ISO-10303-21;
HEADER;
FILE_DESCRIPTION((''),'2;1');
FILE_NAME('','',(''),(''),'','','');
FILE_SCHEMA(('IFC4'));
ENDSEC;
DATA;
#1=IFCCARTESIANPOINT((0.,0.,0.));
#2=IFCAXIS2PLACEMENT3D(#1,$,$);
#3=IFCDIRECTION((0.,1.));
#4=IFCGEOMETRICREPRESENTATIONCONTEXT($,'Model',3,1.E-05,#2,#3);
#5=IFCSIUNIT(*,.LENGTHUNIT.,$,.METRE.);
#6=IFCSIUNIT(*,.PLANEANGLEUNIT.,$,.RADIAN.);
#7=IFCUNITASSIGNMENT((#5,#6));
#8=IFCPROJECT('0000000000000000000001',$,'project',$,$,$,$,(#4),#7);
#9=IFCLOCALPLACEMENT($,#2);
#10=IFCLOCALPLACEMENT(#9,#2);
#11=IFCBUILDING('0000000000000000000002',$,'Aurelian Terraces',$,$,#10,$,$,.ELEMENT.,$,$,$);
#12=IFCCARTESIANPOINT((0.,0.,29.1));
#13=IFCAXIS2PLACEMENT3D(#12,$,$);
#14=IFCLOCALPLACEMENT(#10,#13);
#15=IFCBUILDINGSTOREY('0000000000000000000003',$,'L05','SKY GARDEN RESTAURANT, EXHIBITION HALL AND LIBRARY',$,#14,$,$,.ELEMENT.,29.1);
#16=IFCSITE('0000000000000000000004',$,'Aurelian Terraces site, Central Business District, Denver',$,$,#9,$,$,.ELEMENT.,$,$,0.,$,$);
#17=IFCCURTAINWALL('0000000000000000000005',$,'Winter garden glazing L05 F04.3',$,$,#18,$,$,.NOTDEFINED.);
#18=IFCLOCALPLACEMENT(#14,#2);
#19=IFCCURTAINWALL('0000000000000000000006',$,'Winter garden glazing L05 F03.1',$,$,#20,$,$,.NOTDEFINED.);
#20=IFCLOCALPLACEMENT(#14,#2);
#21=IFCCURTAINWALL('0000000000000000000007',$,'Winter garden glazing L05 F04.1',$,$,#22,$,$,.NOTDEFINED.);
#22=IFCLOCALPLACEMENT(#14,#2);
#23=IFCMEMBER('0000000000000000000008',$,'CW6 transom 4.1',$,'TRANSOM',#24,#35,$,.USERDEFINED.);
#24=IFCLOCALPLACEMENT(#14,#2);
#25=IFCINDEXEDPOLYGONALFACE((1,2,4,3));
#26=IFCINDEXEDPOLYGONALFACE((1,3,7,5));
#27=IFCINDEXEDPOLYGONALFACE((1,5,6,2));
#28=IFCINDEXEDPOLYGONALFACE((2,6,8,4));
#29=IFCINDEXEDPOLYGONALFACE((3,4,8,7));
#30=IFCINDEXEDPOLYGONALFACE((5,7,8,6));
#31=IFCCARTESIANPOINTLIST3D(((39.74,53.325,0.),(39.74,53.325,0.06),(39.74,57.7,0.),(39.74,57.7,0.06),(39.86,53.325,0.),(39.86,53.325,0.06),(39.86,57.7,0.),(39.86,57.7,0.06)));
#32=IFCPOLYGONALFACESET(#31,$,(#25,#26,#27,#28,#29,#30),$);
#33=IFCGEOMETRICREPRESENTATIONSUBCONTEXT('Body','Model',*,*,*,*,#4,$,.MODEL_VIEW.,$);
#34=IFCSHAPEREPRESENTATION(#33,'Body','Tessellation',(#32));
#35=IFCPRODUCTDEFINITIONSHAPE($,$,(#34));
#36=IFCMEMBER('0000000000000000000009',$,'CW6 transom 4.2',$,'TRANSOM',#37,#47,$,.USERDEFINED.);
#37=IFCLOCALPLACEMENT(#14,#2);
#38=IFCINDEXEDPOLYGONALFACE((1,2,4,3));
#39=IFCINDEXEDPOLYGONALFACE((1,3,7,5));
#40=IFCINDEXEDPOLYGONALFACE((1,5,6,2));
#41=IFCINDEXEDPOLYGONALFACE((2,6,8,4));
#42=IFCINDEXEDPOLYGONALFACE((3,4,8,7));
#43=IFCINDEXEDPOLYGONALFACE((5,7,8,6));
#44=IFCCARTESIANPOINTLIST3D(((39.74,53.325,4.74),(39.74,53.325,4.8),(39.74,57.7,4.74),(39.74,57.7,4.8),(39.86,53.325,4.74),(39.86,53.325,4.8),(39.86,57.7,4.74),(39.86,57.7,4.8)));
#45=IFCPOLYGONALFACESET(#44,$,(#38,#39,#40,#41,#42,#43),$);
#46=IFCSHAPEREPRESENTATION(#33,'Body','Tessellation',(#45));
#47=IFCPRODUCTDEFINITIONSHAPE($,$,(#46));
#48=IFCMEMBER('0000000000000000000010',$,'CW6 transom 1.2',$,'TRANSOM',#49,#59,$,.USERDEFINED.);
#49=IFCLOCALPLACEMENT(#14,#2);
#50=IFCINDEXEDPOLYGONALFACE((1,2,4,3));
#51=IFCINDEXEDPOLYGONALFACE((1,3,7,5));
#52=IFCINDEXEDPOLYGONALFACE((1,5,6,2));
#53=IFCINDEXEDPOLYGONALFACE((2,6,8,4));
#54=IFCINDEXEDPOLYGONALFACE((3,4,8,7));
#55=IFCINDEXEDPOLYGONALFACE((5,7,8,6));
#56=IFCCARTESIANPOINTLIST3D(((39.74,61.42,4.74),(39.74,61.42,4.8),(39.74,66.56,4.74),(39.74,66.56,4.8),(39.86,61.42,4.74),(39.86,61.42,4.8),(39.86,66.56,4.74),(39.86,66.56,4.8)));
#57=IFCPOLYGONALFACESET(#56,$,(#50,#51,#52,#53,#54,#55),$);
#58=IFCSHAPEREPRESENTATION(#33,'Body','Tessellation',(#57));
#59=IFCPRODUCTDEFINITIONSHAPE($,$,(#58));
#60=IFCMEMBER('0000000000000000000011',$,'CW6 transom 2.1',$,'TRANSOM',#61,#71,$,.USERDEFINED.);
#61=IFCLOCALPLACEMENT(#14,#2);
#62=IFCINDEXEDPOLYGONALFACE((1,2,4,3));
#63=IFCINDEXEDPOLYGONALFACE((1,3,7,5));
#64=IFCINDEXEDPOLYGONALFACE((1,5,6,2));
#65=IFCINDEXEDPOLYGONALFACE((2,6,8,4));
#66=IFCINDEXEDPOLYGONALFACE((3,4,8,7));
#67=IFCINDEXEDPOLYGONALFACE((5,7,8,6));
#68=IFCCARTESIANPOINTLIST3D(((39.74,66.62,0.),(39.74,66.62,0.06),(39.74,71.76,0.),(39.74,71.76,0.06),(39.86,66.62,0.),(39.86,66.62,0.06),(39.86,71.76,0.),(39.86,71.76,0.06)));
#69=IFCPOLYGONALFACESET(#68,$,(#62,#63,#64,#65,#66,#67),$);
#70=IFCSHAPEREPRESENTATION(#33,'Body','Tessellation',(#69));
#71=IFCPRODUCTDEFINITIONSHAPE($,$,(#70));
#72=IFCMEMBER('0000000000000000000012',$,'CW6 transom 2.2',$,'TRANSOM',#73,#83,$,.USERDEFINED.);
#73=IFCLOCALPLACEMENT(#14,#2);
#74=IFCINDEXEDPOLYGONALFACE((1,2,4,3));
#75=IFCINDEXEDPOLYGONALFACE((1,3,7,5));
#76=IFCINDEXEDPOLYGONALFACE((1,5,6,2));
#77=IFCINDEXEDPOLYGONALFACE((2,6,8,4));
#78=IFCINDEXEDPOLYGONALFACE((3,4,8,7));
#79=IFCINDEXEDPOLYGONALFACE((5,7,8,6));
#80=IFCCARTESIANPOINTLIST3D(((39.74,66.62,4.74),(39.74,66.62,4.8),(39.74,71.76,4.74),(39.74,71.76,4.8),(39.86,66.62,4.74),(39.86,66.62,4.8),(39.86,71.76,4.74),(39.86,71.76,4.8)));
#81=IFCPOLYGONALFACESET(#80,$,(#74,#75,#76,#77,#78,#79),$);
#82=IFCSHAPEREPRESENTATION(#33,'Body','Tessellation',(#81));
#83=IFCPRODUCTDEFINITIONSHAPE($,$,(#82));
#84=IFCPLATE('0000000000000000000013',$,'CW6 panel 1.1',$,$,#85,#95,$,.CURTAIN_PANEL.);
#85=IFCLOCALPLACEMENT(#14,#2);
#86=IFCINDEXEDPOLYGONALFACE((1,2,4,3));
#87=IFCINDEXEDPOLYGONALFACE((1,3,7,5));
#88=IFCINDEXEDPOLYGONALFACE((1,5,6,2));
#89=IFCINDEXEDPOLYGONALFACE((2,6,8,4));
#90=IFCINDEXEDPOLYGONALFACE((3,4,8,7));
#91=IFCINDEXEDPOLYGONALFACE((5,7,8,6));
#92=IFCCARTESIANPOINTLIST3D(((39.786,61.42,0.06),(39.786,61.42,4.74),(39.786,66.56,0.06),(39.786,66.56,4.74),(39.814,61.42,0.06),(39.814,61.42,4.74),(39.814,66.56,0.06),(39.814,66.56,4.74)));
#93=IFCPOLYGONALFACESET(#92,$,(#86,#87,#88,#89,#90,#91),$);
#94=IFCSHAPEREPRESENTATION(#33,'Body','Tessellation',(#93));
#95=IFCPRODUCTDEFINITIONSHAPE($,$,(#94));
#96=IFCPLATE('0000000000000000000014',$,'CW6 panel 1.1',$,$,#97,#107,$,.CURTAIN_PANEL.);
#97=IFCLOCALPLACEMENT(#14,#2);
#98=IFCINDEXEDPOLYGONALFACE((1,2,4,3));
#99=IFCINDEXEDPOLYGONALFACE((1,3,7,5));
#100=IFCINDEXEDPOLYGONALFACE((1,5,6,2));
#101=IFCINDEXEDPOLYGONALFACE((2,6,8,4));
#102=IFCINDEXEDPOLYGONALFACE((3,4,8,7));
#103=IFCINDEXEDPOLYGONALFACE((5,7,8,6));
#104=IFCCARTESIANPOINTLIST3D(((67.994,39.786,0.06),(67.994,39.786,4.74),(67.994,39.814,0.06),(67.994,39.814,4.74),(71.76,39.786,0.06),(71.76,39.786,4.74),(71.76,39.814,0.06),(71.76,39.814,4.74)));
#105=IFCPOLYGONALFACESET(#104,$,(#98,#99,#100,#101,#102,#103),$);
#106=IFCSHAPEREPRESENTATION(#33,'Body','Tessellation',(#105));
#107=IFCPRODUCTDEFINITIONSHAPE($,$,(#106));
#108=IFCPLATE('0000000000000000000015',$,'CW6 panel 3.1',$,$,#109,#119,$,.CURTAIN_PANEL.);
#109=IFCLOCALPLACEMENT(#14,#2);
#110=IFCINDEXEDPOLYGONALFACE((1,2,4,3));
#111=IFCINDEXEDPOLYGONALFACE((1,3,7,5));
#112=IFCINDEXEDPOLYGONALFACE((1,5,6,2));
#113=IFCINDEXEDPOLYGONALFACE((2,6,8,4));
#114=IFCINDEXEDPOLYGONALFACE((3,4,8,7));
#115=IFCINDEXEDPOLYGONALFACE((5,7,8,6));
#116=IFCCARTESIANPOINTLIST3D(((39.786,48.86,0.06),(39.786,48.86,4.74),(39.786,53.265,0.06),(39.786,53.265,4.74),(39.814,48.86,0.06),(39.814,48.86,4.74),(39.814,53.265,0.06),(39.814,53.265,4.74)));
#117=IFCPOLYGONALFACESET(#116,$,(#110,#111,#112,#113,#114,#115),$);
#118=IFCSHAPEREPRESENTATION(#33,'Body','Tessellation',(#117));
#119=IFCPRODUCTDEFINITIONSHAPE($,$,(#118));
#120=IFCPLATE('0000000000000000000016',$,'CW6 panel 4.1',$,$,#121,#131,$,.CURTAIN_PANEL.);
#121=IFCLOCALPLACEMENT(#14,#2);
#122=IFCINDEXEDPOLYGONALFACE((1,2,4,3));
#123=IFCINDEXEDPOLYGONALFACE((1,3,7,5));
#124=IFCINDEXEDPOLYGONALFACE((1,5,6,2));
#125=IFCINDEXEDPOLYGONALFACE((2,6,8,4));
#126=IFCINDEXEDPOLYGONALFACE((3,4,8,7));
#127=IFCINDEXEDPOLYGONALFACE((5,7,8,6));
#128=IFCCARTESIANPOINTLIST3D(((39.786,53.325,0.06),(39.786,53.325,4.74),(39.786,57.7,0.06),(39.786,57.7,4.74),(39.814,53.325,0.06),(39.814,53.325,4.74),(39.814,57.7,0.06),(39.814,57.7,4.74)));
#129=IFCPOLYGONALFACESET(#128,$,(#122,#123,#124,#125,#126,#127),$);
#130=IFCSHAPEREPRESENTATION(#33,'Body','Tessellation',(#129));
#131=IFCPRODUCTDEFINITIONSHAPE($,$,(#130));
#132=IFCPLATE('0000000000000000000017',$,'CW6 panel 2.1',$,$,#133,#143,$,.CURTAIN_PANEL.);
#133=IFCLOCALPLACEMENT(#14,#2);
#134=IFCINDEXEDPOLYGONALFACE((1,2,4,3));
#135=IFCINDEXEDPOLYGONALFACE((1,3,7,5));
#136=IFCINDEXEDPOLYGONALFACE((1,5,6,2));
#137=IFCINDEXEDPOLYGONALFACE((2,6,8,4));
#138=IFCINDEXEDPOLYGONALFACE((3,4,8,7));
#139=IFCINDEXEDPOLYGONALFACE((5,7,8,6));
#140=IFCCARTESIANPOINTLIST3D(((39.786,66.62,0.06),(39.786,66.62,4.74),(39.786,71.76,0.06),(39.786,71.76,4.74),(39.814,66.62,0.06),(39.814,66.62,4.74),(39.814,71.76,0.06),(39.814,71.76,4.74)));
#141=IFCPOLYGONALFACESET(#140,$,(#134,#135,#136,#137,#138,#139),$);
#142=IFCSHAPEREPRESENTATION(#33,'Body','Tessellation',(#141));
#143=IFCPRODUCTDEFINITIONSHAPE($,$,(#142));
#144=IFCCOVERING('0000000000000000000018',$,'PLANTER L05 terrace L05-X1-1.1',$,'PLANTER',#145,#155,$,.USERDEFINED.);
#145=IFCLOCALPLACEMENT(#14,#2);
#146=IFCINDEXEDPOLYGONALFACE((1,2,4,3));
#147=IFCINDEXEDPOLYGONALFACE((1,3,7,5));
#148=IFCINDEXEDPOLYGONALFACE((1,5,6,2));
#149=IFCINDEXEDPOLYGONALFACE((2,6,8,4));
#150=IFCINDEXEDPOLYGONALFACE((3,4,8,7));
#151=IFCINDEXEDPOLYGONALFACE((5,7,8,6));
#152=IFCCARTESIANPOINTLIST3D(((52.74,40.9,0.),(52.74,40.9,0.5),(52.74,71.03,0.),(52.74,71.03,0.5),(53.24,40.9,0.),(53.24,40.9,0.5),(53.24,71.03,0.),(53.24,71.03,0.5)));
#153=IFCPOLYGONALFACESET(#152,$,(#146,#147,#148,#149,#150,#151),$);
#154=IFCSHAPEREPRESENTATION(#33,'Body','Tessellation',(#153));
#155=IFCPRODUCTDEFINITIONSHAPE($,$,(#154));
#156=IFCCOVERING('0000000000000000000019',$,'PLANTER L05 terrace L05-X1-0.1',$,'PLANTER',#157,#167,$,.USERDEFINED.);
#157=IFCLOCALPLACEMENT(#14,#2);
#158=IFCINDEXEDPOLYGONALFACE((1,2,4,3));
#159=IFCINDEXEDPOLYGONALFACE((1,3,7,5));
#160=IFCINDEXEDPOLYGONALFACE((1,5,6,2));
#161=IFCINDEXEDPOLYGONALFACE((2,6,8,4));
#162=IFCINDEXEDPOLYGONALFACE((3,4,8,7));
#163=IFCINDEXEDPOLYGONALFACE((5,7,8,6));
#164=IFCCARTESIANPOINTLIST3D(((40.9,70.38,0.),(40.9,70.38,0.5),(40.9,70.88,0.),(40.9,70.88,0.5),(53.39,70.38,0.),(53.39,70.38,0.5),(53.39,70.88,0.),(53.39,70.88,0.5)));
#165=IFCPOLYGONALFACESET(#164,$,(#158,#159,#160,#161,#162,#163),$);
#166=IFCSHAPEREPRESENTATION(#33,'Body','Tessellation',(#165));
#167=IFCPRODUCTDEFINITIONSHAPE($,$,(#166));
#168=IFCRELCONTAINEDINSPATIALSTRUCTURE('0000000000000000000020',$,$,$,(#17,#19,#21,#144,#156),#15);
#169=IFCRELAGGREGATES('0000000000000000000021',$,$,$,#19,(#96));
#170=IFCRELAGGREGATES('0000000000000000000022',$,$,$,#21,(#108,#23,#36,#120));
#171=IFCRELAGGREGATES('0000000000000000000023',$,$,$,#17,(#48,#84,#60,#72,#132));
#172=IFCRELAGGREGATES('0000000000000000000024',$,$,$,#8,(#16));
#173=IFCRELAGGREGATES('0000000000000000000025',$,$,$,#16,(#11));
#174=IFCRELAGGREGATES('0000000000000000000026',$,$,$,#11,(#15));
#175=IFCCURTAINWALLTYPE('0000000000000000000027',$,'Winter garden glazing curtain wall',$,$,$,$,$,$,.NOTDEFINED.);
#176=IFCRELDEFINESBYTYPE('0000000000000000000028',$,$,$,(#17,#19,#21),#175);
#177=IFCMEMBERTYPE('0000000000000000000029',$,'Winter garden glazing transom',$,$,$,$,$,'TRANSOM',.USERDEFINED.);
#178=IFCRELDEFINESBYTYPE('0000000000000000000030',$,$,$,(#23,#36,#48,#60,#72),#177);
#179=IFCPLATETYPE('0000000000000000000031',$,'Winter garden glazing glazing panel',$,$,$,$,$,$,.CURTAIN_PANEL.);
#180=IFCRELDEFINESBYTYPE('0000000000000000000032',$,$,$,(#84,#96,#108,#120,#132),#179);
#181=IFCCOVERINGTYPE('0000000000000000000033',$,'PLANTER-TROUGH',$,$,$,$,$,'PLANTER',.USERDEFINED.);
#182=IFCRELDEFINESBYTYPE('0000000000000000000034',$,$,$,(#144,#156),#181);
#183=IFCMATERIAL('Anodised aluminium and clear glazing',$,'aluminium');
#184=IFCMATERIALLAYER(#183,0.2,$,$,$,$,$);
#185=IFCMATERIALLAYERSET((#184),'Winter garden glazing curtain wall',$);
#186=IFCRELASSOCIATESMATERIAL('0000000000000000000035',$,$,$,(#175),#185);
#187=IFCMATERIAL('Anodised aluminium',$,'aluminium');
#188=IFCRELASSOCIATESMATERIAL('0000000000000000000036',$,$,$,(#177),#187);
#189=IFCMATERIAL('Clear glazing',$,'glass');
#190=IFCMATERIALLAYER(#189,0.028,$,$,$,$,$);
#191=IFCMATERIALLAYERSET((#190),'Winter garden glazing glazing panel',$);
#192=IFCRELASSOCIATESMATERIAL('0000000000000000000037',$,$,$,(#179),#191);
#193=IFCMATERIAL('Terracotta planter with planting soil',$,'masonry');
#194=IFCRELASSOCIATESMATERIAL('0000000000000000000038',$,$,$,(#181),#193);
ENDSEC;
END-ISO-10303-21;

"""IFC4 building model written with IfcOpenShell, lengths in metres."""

from ifc_helpers import new_model, si_unit, direction, frame, origin, origin_2d, place, context, subcontext, project, spatial, rectangle, extrude, source, transform, mapped, material, layer, layer_set, material_profile, profile_set, type_object, element, aggregate, save


model = new_model("IFC4")

# Units and contexts
model_context = context("Model", 3, precision=1e-05, world=origin(), true_north=direction((0.0, 1.0)))
body_context = subcontext(model_context, "Body", "Model", "MODEL_VIEW")
ifc_project = project(units=[si_unit("LENGTHUNIT", "METRE"), si_unit("PLANEANGLEUNIT", "RADIAN")], contexts=[model_context])

# Site, building, storey
site_placement = place(None, origin())
site = spatial("IfcSite", under=ifc_project, at=site_placement, Name="Aurelian Terraces site, Central Business District, Denver", CompositionType="ELEMENT", RefElevation=0.0)
building_placement = place(site_placement, origin())
building = spatial("IfcBuilding", under=site, at=building_placement, Name="Aurelian Terraces", CompositionType="ELEMENT")
storey_placement = place(building_placement, frame((0.0, 0.0, 29.1)))
storey = spatial("IfcBuildingStorey", under=building, at=storey_placement, Name="L05", Description="SKY GARDEN RESTAURANT, EXHIBITION HALL AND LIBRARY", CompositionType="ELEMENT", Elevation=29.1)

# Curtain wall
ifc_material_1 = material(Name="Anodised aluminium and clear glazing", Category="aluminium")
ifc_layer_1 = layer(ifc_material_1, 0.2)
ifc_layer_set_1 = layer_set([ifc_layer_1], Name="Winter garden glazing curtain wall")
curtain_wall_type = type_object("IfcCurtainWallType", Name="Winter garden glazing curtain wall", PredefinedType="NOTDEFINED", material=ifc_layer_set_1)
curtain_wall_1_placement = place(storey_placement, origin())
curtain_wall_1 = element("IfcCurtainWall", 1, at=curtain_wall_1_placement, inside=storey, type_object=curtain_wall_type, Name="Winter garden glazing L05 F04.3", PredefinedType="NOTDEFINED")
ifc_material_2 = material(Name="Anodised aluminium", Category="aluminium")
ifc_material_profile_1 = material_profile(ifc_material_2, rectangle(XDim=0.12, YDim=0.06, at=origin_2d()))
ifc_profile_set_1 = profile_set([ifc_material_profile_1], Name="Anodised aluminium")
member_type_1 = type_object("IfcMemberType", Name="Winter garden glazing transom", ElementType="TRANSOM", PredefinedType="USERDEFINED", material=ifc_profile_set_1)

# Curtain walls
curtain_wall_2_placement = place(storey_placement, origin())
curtain_wall_2 = element("IfcCurtainWall", 2, at=curtain_wall_2_placement, inside=storey, type_object=curtain_wall_type, Name="Winter garden glazing L05 F03.1", PredefinedType="NOTDEFINED")
curtain_wall_3_placement = place(storey_placement, origin())
curtain_wall_3 = element("IfcCurtainWall", 3, at=curtain_wall_3_placement, inside=storey, type_object=curtain_wall_type, Name="Winter garden glazing L05 F04.1", PredefinedType="NOTDEFINED")

# Members
shared_shape_1 = source(origin(), body_context, "Body", "SweptSolid", [
    extrude(rectangle(XDim=0.12, YDim=0.06, at=origin_2d()), origin(), (0.0, 0.0, 1.0), 4.375),
])
member_1_placement = place(storey_placement, frame((39.8, 53.325, 0.03), z_axis=(0.0, 1.0, 0.0), x_axis=(-1.0, 0.0, 0.0)))
member_1 = element("IfcMember", 4, at=member_1_placement, type_object=member_type_1, Name="CW6 transom 4.1", ObjectType="TRANSOM", PredefinedType="USERDEFINED", context=body_context, shape_type="MappedRepresentation", body=[
    mapped(shared_shape_1, transform((0.0, 0.0, 0.0), scale=1.0)),
])
member_2_placement = place(storey_placement, frame((39.8, 53.325, 4.77), z_axis=(0.0, 1.0, 0.0), x_axis=(-1.0, 0.0, 0.0)))
member_2 = element("IfcMember", 5, at=member_2_placement, type_object=member_type_1, Name="CW6 transom 4.2", ObjectType="TRANSOM", PredefinedType="USERDEFINED", context=body_context, shape_type="MappedRepresentation", body=[
    mapped(shared_shape_1, transform((0.0, 0.0, 0.0), scale=1.0)),
])
shared_shape_2 = source(origin(), body_context, "Body", "SweptSolid", [
    extrude(rectangle(XDim=0.12, YDim=0.06, at=origin_2d()), origin(), (0.0, 0.0, 1.0), 5.14),
])
member_3_placement = place(storey_placement, frame((39.8, 61.42, 4.77), z_axis=(0.0, 1.0, 0.0), x_axis=(-1.0, 0.0, 0.0)))
member_3 = element("IfcMember", 6, at=member_3_placement, type_object=member_type_1, Name="CW6 transom 1.2", ObjectType="TRANSOM", PredefinedType="USERDEFINED", context=body_context, shape_type="MappedRepresentation", body=[
    mapped(shared_shape_2, transform((0.0, 0.0, 0.0), scale=1.0)),
])
member_4_placement = place(storey_placement, frame((39.8, 66.62, 0.03), z_axis=(0.0, 1.0, 0.0), x_axis=(-1.0, 0.0, 0.0)))
member_4 = element("IfcMember", 7, at=member_4_placement, type_object=member_type_1, Name="CW6 transom 2.1", ObjectType="TRANSOM", PredefinedType="USERDEFINED", context=body_context, shape_type="MappedRepresentation", body=[
    mapped(shared_shape_2, transform((0.0, 0.0, 0.0), scale=1.0)),
])
member_5_placement = place(storey_placement, frame((39.8, 66.62, 4.77), z_axis=(0.0, 1.0, 0.0), x_axis=(-1.0, 0.0, 0.0)))
member_5 = element("IfcMember", 8, at=member_5_placement, type_object=member_type_1, Name="CW6 transom 2.2", ObjectType="TRANSOM", PredefinedType="USERDEFINED", context=body_context, shape_type="MappedRepresentation", body=[
    mapped(shared_shape_2, transform((0.0, 0.0, 0.0), scale=1.0)),
])

# Plates
ifc_material_3 = material(Name="Clear glazing", Category="glass")
ifc_layer_2 = layer(ifc_material_3, 0.028)
ifc_layer_set_2 = layer_set([ifc_layer_2], Name="Winter garden glazing glazing panel")
plate_type = type_object("IfcPlateType", Name="Winter garden glazing glazing panel", PredefinedType="CURTAIN_PANEL", material=ifc_layer_set_2)
plate_1_placement = place(storey_placement, frame((39.8, 63.99, 0.06), z_axis=(0.0, 0.0, 1.0), x_axis=(0.0, 1.0, 0.0)))
plate_1 = element("IfcPlate", 9, at=plate_1_placement, type_object=plate_type, Name="CW6 panel 1.1", PredefinedType="CURTAIN_PANEL", context=body_context, shape_type="SweptSolid", body=[
    extrude(rectangle(XDim=5.14, YDim=0.028, at=origin_2d()), origin(), (0.0, 0.0, 1.0), 4.68),
])
shared_shape_3 = source(origin(), body_context, "Body", "SweptSolid", [
    extrude(rectangle(XDim=3.766, YDim=0.028, at=origin_2d()), origin(), (0.0, 0.0, 1.0), 4.68),
])
plate_2_placement = place(storey_placement, frame((69.877, 39.8, 0.06), z_axis=(0.0, 0.0, 1.0), x_axis=(-1.0, 0.0, 0.0)))
plate_2 = element("IfcPlate", 10, at=plate_2_placement, type_object=plate_type, Name="CW6 panel 1.1", PredefinedType="CURTAIN_PANEL", context=body_context, shape_type="MappedRepresentation", body=[
    mapped(shared_shape_3, transform((0.0, 0.0, 0.0), scale=1.0)),
])
aggregate(curtain_wall_2, [plate_2])
shared_shape_4 = source(origin(), body_context, "Body", "SweptSolid", [
    extrude(rectangle(XDim=4.405, YDim=0.028, at=origin_2d()), origin(), (0.0, 0.0, 1.0), 4.68),
])
plate_3_placement = place(storey_placement, frame((39.8, 51.0625, 0.06), z_axis=(0.0, 0.0, 1.0), x_axis=(0.0, 1.0, 0.0)))
plate_3 = element("IfcPlate", 11, at=plate_3_placement, type_object=plate_type, Name="CW6 panel 3.1", PredefinedType="CURTAIN_PANEL", context=body_context, shape_type="MappedRepresentation", body=[
    mapped(shared_shape_4, transform((0.0, 0.0, 0.0), scale=1.0)),
])
shared_shape_5 = source(origin(), body_context, "Body", "SweptSolid", [
    extrude(rectangle(XDim=4.375, YDim=0.028, at=origin_2d()), origin(), (0.0, 0.0, 1.0), 4.68),
])
plate_4_placement = place(storey_placement, frame((39.8, 55.5125, 0.06), z_axis=(0.0, 0.0, 1.0), x_axis=(0.0, 1.0, 0.0)))
plate_4 = element("IfcPlate", 12, at=plate_4_placement, type_object=plate_type, Name="CW6 panel 4.1", PredefinedType="CURTAIN_PANEL", context=body_context, shape_type="MappedRepresentation", body=[
    mapped(shared_shape_5, transform((0.0, 0.0, 0.0), scale=1.0)),
])
aggregate(curtain_wall_3, [plate_3, member_1, member_2, plate_4])
shared_shape_6 = source(origin(), body_context, "Body", "SweptSolid", [
    extrude(rectangle(XDim=5.14, YDim=0.028, at=origin_2d()), origin(), (0.0, 0.0, 1.0), 4.68),
])
plate_5_placement = place(storey_placement, frame((39.8, 69.19, 0.06), z_axis=(0.0, 0.0, 1.0), x_axis=(0.0, 1.0, 0.0)))
plate_5 = element("IfcPlate", 13, at=plate_5_placement, type_object=plate_type, Name="CW6 panel 2.1", PredefinedType="CURTAIN_PANEL", context=body_context, shape_type="MappedRepresentation", body=[
    mapped(shared_shape_6, transform((0.0, 0.0, 0.0), scale=1.0)),
])
aggregate(curtain_wall_1, [member_3, plate_1, member_4, member_5, plate_5])

# Coverings
ifc_material_4 = material(Name="Terracotta planter with planting soil", Category="masonry")
covering_type = type_object("IfcCoveringType", Name="PLANTER-TROUGH", ElementType="PLANTER", PredefinedType="USERDEFINED", material=ifc_material_4)
covering_1_placement = place(storey_placement, frame((52.99, 55.965, 0.0), z_axis=(0.0, 0.0, 1.0), x_axis=(1.0, 0.0, 0.0)))
element("IfcCovering", 14, at=covering_1_placement, inside=storey, type_object=covering_type, Name="PLANTER L05 terrace L05-X1-1.1", ObjectType="PLANTER", PredefinedType="USERDEFINED", context=body_context, shape_type="SweptSolid", body=[
    extrude(rectangle(XDim=0.5, YDim=30.13, at=origin_2d()), origin(), (0.0, 0.0, 1.0), 0.5),
])
shared_shape_7 = source(origin(), body_context, "Body", "SweptSolid", [
    extrude(rectangle(XDim=12.49, YDim=0.5, at=origin_2d()), origin(), (0.0, 0.0, 1.0), 0.5),
])
covering_2_placement = place(storey_placement, frame((47.145, 70.63, 0.0), z_axis=(0.0, 0.0, 1.0), x_axis=(1.0, 0.0, 0.0)))
element("IfcCovering", 15, at=covering_2_placement, inside=storey, type_object=covering_type, Name="PLANTER L05 terrace L05-X1-0.1", ObjectType="PLANTER", PredefinedType="USERDEFINED", context=body_context, shape_type="MappedRepresentation", body=[
    mapped(shared_shape_7, transform((0.0, 0.0, 0.0), scale=1.0)),
])

save(model, "model.ifc")
